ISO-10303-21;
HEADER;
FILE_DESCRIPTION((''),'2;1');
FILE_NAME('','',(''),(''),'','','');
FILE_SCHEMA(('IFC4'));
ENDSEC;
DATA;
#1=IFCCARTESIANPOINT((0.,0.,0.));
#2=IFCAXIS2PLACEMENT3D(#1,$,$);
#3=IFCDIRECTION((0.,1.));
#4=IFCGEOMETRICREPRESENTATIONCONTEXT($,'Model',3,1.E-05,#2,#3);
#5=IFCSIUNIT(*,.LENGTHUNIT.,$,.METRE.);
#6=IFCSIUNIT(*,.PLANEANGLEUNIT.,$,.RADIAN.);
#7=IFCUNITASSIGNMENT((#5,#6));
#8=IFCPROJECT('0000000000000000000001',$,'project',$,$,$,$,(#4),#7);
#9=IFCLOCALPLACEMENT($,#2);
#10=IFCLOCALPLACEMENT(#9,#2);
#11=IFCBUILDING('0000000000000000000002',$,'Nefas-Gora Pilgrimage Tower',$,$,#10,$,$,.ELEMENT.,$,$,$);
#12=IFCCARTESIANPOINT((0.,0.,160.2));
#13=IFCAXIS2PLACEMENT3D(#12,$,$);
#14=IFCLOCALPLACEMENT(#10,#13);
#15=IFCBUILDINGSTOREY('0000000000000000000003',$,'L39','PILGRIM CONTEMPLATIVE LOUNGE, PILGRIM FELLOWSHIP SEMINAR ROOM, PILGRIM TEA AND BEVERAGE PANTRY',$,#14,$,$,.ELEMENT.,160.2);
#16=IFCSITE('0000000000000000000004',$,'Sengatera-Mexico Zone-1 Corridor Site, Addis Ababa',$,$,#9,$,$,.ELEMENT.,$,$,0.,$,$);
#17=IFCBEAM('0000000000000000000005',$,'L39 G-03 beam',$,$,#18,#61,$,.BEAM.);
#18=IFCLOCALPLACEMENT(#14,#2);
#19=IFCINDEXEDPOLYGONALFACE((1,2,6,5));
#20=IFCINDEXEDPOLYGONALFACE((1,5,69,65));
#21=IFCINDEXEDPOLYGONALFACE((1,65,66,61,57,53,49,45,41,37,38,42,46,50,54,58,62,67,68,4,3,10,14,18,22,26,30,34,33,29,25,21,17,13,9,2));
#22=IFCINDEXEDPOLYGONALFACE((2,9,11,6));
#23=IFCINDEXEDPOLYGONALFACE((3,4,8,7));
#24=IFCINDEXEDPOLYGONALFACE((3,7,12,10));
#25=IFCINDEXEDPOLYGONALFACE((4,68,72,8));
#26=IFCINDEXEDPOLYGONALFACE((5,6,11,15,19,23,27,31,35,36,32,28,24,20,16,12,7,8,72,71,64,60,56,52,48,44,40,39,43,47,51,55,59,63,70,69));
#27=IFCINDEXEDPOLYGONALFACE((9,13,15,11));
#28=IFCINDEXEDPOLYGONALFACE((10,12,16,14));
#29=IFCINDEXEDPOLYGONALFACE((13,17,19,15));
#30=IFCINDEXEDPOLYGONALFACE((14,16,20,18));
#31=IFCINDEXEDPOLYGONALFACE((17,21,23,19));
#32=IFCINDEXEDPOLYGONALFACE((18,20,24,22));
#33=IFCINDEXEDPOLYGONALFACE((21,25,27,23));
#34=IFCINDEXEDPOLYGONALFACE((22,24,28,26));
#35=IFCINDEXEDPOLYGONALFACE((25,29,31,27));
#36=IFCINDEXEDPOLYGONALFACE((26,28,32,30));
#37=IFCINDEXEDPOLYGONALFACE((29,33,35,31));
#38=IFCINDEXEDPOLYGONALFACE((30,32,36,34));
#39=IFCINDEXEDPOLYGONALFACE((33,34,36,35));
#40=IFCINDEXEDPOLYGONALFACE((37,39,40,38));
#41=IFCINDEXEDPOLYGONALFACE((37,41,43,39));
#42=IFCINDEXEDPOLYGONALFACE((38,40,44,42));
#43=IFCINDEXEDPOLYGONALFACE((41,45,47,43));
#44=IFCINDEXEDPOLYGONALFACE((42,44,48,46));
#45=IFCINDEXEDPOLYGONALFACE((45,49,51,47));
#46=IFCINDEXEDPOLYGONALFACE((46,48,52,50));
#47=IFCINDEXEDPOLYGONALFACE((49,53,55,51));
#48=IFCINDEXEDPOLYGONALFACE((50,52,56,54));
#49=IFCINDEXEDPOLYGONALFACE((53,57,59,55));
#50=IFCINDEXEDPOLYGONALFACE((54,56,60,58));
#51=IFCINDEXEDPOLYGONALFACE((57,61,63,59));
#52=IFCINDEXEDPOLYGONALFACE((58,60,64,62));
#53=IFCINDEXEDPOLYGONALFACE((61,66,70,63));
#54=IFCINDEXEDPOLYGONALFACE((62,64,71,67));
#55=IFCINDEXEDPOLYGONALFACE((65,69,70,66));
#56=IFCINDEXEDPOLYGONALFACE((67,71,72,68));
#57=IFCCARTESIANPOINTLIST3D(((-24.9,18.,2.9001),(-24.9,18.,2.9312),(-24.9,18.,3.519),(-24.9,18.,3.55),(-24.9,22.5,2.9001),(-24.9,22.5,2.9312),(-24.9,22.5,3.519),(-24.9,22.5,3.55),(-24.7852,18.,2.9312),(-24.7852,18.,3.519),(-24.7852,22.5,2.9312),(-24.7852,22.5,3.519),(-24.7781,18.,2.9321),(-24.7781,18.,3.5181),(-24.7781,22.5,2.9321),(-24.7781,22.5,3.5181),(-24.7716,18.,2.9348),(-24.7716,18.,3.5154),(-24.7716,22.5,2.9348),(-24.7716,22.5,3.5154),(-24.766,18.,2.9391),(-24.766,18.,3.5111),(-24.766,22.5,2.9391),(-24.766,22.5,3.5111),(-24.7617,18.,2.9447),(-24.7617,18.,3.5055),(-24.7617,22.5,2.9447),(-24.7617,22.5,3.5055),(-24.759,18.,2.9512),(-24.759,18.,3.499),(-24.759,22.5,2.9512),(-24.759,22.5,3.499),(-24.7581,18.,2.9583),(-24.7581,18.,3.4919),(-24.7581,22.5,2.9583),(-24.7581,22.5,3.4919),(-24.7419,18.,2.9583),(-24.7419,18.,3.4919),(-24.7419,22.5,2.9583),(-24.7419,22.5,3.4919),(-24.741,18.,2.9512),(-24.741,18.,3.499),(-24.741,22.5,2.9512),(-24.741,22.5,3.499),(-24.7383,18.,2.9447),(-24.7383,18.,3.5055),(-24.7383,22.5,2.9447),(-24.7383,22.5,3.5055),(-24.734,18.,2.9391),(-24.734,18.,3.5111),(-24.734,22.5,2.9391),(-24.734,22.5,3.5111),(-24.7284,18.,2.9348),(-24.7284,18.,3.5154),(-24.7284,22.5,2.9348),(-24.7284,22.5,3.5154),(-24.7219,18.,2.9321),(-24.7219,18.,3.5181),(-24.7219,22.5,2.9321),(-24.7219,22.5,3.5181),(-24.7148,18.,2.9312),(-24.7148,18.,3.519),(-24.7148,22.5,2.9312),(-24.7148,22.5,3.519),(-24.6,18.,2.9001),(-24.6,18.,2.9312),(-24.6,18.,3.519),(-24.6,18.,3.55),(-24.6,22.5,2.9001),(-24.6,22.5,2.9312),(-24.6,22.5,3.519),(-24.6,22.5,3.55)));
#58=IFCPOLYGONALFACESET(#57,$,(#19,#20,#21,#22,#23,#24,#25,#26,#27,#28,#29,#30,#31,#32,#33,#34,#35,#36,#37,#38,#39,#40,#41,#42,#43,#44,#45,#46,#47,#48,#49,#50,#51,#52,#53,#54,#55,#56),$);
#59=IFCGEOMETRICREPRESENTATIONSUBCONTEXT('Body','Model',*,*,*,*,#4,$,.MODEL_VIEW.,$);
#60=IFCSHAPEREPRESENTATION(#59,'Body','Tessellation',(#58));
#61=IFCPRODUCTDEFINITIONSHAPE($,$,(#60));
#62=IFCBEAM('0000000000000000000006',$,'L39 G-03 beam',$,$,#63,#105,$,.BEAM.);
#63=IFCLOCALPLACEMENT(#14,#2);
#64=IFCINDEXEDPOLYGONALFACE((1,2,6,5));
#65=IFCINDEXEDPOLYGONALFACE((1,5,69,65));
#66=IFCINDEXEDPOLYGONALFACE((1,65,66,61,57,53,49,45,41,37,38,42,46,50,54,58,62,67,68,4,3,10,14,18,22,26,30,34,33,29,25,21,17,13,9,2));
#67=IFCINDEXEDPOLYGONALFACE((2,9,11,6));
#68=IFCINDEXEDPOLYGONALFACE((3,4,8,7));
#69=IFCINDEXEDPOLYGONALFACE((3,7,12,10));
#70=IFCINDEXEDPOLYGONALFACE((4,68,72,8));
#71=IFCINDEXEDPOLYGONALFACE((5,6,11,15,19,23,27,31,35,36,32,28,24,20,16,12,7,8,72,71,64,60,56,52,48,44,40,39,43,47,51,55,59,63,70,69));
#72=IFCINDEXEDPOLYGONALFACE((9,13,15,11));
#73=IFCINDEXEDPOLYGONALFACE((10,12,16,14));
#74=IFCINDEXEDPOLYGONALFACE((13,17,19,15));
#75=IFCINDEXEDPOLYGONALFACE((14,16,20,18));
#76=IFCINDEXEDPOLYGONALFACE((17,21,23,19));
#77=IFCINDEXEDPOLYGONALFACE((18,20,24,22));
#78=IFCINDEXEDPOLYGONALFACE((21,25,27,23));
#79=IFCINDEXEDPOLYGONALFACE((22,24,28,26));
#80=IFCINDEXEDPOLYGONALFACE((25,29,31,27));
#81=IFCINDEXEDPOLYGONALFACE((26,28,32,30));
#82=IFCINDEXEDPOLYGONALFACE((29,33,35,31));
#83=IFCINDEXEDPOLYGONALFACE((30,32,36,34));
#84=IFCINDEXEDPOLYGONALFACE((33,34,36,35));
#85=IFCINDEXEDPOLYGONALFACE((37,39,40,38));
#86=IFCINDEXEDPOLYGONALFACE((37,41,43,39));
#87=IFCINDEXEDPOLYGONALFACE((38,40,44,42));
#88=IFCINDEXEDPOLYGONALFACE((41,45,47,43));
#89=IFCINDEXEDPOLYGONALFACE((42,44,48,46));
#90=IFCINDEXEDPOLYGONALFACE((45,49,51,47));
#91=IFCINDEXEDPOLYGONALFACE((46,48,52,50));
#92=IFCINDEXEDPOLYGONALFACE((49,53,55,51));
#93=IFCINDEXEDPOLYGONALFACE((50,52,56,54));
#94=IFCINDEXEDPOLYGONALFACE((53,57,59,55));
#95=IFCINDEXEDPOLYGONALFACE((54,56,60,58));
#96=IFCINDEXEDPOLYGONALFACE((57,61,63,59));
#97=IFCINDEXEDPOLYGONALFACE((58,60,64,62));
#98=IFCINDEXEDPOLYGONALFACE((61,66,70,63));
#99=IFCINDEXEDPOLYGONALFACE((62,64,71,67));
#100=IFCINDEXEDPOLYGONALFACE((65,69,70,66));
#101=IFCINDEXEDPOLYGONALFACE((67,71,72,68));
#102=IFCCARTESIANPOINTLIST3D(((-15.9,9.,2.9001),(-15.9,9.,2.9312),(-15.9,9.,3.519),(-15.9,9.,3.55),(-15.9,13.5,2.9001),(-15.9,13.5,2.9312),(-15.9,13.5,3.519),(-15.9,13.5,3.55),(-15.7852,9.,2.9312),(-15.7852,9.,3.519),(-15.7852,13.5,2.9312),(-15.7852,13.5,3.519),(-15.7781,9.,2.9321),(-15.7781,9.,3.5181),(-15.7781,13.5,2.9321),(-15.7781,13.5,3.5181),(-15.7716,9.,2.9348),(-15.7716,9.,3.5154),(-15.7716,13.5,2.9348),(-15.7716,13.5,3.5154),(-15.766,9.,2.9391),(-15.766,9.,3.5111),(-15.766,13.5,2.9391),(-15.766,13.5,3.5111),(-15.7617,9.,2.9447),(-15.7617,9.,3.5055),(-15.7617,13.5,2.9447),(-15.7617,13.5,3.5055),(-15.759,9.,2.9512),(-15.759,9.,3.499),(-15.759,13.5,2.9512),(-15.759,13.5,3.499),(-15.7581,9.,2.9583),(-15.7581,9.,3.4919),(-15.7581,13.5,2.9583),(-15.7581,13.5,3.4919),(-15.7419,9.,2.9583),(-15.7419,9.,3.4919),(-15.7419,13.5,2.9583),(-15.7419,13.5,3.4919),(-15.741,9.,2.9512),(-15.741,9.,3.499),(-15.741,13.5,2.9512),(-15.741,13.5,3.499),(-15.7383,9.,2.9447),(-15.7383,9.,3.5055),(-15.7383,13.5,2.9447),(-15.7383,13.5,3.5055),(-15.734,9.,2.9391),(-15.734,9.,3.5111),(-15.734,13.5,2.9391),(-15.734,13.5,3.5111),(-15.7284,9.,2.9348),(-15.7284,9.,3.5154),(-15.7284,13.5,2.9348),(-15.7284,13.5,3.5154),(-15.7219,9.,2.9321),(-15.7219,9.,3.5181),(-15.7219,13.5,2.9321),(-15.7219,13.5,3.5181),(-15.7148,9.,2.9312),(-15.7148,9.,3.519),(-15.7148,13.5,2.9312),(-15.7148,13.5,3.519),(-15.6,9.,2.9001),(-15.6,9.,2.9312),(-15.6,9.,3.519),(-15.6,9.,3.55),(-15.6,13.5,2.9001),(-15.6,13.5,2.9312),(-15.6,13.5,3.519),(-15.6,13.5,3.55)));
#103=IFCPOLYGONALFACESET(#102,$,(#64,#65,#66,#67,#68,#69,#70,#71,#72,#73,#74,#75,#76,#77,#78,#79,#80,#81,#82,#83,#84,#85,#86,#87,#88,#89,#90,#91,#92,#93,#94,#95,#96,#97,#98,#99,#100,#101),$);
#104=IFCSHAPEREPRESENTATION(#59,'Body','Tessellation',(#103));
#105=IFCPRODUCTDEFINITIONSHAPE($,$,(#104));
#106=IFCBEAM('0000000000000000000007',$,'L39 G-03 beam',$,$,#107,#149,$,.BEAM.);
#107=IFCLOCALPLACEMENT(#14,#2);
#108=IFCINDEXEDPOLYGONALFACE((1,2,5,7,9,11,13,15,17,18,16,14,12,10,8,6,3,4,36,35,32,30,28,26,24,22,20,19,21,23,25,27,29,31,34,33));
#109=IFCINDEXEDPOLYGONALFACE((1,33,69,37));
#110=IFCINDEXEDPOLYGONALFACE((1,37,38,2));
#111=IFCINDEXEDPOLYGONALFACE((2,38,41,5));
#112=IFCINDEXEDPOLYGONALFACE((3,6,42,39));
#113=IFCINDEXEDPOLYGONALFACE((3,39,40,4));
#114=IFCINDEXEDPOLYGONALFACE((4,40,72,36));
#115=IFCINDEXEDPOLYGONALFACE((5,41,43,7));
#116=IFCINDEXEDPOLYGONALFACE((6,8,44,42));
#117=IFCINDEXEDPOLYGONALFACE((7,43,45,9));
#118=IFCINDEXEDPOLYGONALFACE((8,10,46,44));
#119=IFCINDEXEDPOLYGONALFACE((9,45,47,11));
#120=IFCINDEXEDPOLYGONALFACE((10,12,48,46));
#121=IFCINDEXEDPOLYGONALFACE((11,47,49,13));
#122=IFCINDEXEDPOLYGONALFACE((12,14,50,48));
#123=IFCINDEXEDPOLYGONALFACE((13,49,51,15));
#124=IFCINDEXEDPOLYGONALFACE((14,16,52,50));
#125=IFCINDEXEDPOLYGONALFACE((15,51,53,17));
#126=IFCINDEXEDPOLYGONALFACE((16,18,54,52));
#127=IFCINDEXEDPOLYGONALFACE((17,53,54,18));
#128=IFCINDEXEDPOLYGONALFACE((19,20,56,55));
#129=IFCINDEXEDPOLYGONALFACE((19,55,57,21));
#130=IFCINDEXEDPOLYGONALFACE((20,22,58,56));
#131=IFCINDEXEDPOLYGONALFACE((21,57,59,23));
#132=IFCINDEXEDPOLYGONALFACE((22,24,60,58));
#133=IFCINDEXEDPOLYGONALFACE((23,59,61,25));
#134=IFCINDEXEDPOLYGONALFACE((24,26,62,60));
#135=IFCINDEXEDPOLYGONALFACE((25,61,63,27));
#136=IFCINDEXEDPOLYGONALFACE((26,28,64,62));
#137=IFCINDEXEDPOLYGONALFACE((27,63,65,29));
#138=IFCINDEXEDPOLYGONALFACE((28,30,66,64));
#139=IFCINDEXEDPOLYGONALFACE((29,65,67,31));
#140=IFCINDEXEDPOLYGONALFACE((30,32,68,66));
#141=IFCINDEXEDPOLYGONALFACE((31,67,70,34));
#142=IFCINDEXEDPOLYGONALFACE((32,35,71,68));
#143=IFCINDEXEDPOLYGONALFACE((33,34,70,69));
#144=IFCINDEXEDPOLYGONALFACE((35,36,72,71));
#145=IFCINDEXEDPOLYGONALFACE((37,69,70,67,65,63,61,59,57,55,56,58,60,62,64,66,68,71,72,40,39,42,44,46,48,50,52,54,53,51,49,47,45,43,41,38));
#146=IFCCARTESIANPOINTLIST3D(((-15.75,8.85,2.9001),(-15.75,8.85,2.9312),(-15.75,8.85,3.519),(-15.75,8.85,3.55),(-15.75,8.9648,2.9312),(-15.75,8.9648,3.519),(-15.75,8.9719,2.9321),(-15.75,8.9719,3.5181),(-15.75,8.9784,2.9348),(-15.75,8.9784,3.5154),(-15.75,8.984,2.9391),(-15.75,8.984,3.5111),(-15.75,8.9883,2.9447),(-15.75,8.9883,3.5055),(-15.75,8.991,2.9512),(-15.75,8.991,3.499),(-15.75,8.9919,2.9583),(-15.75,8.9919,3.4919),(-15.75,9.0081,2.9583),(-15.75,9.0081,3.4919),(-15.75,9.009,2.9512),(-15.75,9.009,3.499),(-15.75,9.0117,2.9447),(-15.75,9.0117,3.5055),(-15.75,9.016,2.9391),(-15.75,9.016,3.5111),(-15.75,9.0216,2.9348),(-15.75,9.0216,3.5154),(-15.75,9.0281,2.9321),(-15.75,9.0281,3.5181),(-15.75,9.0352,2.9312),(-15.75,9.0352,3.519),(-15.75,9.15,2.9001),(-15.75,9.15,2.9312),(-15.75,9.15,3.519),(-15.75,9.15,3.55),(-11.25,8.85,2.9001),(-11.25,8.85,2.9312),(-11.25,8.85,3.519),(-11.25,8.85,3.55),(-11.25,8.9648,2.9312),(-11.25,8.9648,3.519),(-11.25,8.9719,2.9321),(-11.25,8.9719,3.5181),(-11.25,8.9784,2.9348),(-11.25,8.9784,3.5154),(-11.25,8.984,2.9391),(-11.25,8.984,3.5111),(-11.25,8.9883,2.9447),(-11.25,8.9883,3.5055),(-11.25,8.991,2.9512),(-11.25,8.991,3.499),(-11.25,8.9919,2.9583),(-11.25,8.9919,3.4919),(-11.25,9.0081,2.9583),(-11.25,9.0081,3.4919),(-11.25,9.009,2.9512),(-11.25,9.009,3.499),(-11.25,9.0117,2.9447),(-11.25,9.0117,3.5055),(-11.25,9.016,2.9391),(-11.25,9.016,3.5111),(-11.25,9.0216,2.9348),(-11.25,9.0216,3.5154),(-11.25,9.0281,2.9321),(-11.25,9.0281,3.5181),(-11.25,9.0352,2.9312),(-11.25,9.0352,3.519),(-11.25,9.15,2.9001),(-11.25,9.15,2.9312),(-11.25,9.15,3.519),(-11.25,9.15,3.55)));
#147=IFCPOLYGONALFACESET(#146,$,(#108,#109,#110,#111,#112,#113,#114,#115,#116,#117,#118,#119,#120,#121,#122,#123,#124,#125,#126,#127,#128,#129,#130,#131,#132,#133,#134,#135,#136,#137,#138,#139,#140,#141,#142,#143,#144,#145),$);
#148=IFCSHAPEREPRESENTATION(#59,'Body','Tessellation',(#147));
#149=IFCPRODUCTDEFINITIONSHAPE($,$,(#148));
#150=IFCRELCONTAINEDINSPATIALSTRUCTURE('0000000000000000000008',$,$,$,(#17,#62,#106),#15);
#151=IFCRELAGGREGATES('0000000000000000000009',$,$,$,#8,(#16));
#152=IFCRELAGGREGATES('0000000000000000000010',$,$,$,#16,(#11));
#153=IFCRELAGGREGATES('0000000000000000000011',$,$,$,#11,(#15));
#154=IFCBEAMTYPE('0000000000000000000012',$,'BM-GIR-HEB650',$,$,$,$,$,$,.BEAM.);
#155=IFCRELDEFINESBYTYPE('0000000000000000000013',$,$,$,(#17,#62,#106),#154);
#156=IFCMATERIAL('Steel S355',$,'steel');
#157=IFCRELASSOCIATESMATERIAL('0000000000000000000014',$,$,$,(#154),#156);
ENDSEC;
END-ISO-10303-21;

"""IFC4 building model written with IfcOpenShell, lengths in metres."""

from ifc_helpers import new_model, si_unit, direction, frame, origin, origin_2d, place, context, subcontext, project, spatial, i_section, extrude, source, transform, mapped, material, material_profile, profile_set, type_object, element, save


model = new_model("IFC4")

# Units and contexts
model_context = context("Model", 3, precision=1e-05, world=origin(), true_north=direction((0.0, 1.0)))
body_context = subcontext(model_context, "Body", "Model", "MODEL_VIEW")
ifc_project = project(units=[si_unit("LENGTHUNIT", "METRE"), si_unit("PLANEANGLEUNIT", "RADIAN")], contexts=[model_context])

# Site, building, storey
site_placement = place(None, origin())
site = spatial("IfcSite", under=ifc_project, at=site_placement, Name="Sengatera-Mexico Zone-1 Corridor Site, Addis Ababa", CompositionType="ELEMENT", RefElevation=0.0)
building_placement = place(site_placement, origin())
building = spatial("IfcBuilding", under=site, at=building_placement, Name="Nefas-Gora Pilgrimage Tower", CompositionType="ELEMENT")
storey_placement = place(building_placement, frame((0.0, 0.0, 160.2)))
storey = spatial("IfcBuildingStorey", under=building, at=storey_placement, Name="L39", Description="PILGRIM CONTEMPLATIVE LOUNGE, PILGRIM FELLOWSHIP SEMINAR ROOM, PILGRIM TEA AND BEVERAGE PANTRY", CompositionType="ELEMENT", Elevation=160.2)

# Beams
ifc_material_1 = material(Name="Steel S355", Category="steel")
ifc_material_profile_1 = material_profile(ifc_material_1, i_section(OverallWidth=0.3, OverallDepth=0.6499, WebThickness=0.0161, FlangeThickness=0.031, FilletRadius=0.0271, at=origin_2d()), Name="HEB 650")
ifc_profile_set_1 = profile_set([ifc_material_profile_1], Name="Steel S355")
beam_type_1 = type_object("IfcBeamType", Name="BM-GIR-HEB650", PredefinedType="BEAM", material=ifc_profile_set_1)
shared_shape_1 = source(origin(), body_context, "Body", "SweptSolid", [
    extrude(i_section(OverallWidth=0.3, OverallDepth=0.6499, WebThickness=0.0161, FlangeThickness=0.031, FilletRadius=0.0271, at=origin_2d()), origin(), (0.0, 0.0, 1.0), 4.5),
])
for number, where, z_axis, x_axis, name in (
    (1, (-24.75, 18.0, 3.2251), (0.0, 1.0, 0.0), (-1.0, 0.0, 0.0), "L39 G-03 beam"),
    (2, (-15.75, 9.0, 3.2251), (0.0, 1.0, 0.0), (-1.0, 0.0, 0.0), "L39 G-03 beam"),
    (3, (-15.75, 9.0, 3.2251), (1.0, 0.0, 0.0), (0.0, 1.0, 0.0), "L39 G-03 beam"),
):
    element("IfcBeam", number, at=place(storey_placement, frame(where, z_axis=z_axis, x_axis=x_axis)), inside=storey, type_object=beam_type_1, Name=name, PredefinedType="BEAM", context=body_context, shape_type="MappedRepresentation", body=[
        mapped(shared_shape_1, transform((0.0, 0.0, 0.0), x_axis=(1.0, 0.0, 0.0), y_axis=(0.0, 1.0, 0.0), z_axis=(0.0, 0.0, 1.0), scale=1.0)),
    ])

save(model, "model.ifc")
